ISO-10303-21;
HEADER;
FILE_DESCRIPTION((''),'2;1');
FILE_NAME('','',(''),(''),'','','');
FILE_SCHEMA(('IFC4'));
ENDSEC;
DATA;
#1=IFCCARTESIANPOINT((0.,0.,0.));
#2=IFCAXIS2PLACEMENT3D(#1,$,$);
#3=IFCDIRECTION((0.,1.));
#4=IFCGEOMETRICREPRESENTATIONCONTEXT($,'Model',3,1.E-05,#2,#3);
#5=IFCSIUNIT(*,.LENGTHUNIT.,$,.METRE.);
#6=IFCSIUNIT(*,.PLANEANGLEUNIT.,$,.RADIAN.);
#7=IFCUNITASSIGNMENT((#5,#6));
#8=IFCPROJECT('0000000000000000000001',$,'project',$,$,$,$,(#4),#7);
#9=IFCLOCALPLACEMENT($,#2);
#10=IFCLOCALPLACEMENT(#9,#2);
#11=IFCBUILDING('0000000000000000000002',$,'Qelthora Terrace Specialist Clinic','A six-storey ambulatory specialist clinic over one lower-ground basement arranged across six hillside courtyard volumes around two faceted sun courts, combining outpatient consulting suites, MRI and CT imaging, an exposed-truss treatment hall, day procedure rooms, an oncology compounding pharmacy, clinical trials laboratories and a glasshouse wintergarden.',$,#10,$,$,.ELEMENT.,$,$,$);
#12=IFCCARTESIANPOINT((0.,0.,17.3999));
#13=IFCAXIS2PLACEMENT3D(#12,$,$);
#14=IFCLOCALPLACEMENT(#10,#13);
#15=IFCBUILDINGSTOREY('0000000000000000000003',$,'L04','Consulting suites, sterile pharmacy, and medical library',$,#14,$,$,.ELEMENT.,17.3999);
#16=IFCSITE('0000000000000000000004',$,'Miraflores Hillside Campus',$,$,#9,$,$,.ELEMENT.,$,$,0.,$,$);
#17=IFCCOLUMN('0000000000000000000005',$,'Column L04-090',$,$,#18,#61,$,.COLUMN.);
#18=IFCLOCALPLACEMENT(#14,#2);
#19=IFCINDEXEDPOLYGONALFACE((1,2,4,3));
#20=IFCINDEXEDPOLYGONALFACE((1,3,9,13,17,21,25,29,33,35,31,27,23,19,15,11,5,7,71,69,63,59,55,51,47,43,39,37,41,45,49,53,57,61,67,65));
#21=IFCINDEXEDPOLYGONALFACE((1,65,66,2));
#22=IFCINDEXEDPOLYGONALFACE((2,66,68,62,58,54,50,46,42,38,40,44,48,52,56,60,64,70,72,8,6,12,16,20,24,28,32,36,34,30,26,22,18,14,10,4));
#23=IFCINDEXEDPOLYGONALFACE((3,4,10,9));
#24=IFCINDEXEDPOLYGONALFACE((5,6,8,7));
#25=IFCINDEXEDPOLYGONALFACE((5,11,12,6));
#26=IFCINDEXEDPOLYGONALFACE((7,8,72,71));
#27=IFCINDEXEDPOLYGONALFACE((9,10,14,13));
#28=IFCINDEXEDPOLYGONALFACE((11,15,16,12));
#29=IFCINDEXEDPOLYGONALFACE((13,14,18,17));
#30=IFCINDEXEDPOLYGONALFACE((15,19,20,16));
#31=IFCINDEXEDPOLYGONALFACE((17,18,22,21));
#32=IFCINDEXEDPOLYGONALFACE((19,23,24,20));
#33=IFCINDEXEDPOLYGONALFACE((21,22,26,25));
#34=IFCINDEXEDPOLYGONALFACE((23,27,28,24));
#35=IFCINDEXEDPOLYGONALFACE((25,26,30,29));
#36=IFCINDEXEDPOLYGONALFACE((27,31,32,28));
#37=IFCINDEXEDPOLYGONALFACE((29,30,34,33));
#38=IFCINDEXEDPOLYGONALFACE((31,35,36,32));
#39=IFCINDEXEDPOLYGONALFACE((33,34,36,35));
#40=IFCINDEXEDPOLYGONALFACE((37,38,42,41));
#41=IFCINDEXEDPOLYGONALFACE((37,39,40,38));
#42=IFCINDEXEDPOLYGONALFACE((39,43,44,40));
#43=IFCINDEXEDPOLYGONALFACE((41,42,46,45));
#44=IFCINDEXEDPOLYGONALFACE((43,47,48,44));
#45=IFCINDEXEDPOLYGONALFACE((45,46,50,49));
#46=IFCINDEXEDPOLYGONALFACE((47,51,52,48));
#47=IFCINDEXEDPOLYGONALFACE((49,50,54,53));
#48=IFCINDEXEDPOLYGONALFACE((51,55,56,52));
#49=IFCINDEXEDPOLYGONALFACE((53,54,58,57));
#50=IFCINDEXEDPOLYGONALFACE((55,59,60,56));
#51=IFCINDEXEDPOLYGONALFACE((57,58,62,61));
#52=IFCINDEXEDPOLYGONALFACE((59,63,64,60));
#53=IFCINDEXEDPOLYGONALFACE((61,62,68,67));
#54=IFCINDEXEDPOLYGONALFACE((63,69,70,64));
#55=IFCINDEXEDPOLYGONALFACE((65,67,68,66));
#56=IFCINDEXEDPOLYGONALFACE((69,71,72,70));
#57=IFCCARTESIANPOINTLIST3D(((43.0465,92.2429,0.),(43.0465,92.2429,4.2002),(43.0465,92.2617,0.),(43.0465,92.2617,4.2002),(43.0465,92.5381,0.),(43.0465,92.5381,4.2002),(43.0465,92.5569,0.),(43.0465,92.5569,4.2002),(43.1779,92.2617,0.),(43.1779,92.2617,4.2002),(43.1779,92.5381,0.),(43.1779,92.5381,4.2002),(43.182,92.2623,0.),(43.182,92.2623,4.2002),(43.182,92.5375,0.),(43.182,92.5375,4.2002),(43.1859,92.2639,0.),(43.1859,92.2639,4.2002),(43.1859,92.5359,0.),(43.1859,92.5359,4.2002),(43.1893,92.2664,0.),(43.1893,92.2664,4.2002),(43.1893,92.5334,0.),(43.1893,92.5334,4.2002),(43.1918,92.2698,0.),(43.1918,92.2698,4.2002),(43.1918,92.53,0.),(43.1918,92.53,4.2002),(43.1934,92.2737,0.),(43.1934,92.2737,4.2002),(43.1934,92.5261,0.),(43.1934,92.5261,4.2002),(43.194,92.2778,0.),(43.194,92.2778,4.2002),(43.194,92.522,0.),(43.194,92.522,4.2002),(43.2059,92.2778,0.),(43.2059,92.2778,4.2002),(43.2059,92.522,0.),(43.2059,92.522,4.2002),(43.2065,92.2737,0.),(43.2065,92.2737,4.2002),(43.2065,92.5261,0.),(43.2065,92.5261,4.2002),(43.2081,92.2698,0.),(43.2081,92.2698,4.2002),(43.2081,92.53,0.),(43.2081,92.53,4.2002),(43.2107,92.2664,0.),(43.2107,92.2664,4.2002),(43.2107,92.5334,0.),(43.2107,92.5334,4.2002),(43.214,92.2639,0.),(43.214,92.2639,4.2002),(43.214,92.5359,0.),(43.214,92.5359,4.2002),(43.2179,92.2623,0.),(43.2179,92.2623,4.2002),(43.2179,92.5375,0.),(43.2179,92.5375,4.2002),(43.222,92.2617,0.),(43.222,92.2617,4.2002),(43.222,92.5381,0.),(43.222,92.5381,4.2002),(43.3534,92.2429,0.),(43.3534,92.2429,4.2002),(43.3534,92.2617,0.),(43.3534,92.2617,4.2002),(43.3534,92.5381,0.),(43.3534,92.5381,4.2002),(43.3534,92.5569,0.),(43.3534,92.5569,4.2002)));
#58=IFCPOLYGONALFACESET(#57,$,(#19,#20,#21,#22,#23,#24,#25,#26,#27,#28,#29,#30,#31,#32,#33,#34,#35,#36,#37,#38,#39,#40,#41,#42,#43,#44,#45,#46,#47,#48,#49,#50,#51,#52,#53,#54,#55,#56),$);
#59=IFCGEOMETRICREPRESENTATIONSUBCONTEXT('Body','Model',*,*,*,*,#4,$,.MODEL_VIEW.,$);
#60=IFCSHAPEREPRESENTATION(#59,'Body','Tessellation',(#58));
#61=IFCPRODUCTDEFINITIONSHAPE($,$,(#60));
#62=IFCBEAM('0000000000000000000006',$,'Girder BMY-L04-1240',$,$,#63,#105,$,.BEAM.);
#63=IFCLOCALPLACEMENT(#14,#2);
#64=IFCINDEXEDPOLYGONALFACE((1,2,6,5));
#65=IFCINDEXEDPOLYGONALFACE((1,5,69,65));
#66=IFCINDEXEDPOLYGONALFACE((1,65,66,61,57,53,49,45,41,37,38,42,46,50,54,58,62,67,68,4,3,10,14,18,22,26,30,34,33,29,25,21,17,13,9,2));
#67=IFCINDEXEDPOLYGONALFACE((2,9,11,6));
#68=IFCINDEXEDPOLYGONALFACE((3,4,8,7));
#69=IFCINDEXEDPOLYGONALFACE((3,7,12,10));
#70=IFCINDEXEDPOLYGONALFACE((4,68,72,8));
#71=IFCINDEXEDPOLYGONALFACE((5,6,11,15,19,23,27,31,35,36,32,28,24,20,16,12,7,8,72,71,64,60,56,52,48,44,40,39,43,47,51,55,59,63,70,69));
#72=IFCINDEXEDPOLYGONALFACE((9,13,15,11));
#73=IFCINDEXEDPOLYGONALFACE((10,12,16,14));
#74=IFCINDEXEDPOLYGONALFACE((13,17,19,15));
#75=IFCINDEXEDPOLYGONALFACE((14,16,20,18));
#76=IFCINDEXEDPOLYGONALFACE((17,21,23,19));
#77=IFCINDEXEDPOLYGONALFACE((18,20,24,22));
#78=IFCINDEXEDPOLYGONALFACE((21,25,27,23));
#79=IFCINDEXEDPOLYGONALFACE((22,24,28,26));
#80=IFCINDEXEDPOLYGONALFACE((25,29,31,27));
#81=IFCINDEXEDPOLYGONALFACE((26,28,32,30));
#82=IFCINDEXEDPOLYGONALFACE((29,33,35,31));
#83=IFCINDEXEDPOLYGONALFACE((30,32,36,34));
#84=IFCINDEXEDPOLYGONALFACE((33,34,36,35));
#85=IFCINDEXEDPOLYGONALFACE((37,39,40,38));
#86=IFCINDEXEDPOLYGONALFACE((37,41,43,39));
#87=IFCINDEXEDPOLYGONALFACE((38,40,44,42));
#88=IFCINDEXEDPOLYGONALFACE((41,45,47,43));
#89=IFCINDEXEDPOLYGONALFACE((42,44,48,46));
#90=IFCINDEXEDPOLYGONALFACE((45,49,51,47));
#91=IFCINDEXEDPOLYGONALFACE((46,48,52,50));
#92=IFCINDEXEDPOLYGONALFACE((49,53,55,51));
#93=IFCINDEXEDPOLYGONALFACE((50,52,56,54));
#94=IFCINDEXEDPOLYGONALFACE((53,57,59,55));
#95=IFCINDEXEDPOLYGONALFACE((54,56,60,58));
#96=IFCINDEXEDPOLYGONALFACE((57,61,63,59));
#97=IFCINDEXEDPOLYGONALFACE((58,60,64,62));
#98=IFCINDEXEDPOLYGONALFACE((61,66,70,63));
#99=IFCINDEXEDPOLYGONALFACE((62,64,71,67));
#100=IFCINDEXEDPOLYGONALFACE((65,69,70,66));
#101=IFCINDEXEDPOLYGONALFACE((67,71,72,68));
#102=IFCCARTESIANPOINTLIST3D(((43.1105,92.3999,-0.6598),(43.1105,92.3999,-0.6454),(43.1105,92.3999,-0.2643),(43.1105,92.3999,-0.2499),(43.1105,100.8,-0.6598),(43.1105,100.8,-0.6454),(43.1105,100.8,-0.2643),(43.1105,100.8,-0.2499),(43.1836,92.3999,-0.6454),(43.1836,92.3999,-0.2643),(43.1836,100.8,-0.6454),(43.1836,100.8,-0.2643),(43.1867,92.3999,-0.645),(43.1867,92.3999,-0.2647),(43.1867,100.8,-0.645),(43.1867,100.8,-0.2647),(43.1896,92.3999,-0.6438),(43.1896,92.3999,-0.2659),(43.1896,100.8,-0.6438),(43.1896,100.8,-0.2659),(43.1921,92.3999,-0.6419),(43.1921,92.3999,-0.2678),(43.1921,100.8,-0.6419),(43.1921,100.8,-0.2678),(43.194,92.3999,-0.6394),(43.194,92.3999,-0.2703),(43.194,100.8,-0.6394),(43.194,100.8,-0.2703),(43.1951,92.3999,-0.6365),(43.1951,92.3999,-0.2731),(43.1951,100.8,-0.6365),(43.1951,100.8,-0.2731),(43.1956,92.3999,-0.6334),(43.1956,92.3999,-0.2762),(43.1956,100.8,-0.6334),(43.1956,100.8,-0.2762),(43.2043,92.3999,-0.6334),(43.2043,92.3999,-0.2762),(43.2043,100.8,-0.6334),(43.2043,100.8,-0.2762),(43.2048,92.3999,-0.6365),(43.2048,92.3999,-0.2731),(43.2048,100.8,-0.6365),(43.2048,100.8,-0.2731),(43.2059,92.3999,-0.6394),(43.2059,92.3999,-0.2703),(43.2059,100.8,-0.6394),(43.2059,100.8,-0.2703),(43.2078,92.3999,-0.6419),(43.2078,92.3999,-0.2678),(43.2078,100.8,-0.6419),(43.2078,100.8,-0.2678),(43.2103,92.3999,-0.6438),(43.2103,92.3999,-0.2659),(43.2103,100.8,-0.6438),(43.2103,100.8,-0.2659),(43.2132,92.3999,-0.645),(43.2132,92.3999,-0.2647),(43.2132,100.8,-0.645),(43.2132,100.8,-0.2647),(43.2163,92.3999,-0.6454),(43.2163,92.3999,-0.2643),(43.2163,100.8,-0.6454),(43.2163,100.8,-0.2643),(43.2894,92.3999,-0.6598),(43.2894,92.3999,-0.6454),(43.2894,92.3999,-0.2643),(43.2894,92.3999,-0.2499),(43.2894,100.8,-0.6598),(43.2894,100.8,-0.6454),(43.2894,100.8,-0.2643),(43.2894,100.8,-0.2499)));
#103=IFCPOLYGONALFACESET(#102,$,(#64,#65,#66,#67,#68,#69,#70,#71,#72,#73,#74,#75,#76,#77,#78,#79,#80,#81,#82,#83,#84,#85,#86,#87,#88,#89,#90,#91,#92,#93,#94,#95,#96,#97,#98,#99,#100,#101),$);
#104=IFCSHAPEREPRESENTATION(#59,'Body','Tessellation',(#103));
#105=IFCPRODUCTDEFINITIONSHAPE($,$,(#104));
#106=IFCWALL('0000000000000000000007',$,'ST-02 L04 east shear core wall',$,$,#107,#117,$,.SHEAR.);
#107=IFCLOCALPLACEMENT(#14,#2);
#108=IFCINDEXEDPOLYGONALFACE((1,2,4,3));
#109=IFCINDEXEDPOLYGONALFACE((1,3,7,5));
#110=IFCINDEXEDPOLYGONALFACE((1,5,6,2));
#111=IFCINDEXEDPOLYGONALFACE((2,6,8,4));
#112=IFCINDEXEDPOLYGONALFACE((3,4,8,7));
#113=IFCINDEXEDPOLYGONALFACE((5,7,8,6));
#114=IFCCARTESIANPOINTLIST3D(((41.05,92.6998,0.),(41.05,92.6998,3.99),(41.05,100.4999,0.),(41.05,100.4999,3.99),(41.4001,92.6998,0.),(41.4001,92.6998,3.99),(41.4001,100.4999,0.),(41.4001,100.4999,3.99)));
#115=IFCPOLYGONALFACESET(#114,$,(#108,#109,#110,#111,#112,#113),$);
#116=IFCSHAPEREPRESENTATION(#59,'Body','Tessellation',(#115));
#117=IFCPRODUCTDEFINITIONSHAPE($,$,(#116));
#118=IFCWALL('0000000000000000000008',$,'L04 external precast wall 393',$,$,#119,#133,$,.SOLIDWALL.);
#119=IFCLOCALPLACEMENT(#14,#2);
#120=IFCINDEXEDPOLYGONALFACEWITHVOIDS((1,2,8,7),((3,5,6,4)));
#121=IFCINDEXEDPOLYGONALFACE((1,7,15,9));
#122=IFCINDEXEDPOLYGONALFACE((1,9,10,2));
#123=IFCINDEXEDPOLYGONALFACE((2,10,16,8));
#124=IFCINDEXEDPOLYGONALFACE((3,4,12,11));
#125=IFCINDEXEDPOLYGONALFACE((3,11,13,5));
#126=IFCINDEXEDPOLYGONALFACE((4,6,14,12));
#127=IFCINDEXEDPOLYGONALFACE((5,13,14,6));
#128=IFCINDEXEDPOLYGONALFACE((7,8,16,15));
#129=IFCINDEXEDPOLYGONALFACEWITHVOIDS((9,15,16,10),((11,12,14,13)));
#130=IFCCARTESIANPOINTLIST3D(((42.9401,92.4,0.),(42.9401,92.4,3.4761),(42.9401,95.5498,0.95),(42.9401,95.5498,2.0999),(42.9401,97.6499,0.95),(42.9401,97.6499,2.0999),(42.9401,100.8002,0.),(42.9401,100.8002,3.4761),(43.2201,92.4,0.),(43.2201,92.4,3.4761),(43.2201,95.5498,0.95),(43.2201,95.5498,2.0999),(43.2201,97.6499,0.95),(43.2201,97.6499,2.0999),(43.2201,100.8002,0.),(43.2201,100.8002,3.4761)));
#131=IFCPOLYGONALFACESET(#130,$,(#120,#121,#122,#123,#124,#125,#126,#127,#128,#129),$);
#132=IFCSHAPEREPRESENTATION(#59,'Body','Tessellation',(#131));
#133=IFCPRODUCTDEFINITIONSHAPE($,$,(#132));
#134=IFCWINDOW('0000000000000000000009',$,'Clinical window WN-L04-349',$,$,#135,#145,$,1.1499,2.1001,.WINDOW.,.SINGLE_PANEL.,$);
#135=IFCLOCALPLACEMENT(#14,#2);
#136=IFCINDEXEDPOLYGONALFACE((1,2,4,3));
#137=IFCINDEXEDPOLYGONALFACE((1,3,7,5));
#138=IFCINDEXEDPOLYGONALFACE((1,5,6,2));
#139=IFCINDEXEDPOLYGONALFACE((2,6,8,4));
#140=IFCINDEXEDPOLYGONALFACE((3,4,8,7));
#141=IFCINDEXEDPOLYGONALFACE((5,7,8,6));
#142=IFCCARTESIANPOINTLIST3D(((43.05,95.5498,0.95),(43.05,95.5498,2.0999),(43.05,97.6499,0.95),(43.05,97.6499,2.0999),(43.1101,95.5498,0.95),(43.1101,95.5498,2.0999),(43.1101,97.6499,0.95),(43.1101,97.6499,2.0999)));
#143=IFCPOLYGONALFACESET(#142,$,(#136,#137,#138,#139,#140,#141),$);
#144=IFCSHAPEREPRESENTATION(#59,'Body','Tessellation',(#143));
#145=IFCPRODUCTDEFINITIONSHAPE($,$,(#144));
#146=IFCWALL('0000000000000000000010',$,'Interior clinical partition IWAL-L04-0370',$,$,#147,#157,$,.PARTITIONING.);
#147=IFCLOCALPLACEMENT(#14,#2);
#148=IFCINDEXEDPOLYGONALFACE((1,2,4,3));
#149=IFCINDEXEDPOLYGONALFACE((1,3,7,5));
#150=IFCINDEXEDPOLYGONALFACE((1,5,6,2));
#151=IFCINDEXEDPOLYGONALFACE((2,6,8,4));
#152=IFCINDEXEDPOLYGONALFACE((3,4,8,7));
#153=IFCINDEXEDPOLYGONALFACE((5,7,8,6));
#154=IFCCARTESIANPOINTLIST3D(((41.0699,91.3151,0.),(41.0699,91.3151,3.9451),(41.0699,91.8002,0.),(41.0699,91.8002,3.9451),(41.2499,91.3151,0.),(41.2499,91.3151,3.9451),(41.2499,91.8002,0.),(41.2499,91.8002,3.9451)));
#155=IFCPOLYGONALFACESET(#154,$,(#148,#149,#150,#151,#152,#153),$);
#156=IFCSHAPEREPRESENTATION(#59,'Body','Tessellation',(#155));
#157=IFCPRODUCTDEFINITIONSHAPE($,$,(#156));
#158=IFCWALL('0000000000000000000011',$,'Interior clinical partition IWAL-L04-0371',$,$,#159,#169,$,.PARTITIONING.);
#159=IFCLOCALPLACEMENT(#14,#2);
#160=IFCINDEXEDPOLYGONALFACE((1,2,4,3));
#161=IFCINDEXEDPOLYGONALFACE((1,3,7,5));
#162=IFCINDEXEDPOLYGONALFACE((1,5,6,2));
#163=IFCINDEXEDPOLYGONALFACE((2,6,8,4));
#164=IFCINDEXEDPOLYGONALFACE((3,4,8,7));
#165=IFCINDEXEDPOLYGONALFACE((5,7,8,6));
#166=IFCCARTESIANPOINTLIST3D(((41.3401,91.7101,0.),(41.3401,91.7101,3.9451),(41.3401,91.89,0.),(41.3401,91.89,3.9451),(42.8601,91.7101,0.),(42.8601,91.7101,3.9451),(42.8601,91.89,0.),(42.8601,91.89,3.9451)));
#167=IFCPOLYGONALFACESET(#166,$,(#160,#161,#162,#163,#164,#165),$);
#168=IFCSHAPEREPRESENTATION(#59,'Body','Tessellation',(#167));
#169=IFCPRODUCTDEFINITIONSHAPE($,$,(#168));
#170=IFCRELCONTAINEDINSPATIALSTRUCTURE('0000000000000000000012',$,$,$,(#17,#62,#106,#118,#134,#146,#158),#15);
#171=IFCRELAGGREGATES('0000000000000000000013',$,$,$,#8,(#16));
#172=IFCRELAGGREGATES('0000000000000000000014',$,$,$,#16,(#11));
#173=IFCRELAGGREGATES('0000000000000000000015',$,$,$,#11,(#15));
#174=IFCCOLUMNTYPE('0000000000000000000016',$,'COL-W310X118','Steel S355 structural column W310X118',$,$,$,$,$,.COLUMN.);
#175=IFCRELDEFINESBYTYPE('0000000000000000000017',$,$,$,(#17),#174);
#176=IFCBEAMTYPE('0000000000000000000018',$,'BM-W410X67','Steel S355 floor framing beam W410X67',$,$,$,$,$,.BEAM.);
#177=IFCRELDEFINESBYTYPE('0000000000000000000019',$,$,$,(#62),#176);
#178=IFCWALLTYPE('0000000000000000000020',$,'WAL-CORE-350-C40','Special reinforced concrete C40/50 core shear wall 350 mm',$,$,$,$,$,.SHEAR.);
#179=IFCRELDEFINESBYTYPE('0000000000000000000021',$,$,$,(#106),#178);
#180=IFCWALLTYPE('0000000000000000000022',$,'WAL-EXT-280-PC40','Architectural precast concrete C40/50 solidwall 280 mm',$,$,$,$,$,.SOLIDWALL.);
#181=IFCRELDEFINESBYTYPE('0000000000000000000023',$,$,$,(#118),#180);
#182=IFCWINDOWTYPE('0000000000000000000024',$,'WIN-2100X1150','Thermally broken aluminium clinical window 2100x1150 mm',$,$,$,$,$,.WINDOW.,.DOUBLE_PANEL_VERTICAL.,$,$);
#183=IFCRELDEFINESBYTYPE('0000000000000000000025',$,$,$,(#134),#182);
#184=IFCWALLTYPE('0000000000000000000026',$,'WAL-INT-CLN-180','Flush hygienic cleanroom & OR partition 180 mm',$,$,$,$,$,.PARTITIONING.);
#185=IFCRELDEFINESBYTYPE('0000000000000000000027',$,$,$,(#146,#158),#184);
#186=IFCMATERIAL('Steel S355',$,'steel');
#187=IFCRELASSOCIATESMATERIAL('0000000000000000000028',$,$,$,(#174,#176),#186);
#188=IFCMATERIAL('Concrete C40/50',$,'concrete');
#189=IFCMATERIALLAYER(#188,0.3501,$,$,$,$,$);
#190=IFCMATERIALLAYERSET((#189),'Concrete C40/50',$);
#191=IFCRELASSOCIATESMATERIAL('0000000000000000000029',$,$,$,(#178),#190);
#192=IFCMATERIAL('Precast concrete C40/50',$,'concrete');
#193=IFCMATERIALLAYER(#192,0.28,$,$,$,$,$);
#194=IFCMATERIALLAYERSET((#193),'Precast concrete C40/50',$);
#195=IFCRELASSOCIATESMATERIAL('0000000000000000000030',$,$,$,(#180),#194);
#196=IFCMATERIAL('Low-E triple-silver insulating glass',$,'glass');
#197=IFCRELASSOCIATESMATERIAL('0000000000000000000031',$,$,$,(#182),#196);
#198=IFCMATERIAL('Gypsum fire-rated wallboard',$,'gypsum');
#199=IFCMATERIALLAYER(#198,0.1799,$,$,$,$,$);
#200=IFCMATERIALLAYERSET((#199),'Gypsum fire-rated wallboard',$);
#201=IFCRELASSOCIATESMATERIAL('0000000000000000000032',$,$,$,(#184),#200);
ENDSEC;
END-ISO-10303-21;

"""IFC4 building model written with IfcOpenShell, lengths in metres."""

from ifc_helpers import new_model, si_unit, direction, frame, frame_2d, origin, origin_2d, place, context, subcontext, project, spatial, rectangle, i_section, extrude, material, layer, layer_set, material_profile, profile_set, type_object, element, fill, save


model = new_model("IFC4")

# Units and contexts
model_context = context("Model", 3, precision=1e-05, world=origin(), true_north=direction((0.0, 1.0)))
body_context = subcontext(model_context, "Body", "Model", "MODEL_VIEW")
ifc_project = project(units=[si_unit("LENGTHUNIT", "METRE"), si_unit("PLANEANGLEUNIT", "RADIAN")], contexts=[model_context])

# Site, building, storey
site_placement = place(None, origin())
site = spatial("IfcSite", under=ifc_project, at=site_placement, Name="Miraflores Hillside Campus", CompositionType="ELEMENT", RefElevation=0.0)
building_placement = place(site_placement, origin())
building = spatial("IfcBuilding", under=site, at=building_placement, Name="Qelthora Terrace Specialist Clinic", Description="A six-storey ambulatory specialist clinic over one lower-ground basement arranged across six hillside courtyard volumes around two faceted sun courts, combining outpatient consulting suites, MRI and CT imaging, an exposed-truss treatment hall, day procedure rooms, an oncology compounding pharmacy, clinical trials laboratories and a glasshouse wintergarden.", CompositionType="ELEMENT")
storey_placement = place(building_placement, frame((0.0, 0.0, 17.3999)))
storey = spatial("IfcBuildingStorey", under=building, at=storey_placement, Name="L04", Description="Consulting suites, sterile pharmacy, and medical library", CompositionType="ELEMENT", Elevation=17.3999)

# Column
ifc_material_1 = material(Name="Steel S355", Category="steel")
ifc_material_profile_1 = material_profile(ifc_material_1, i_section(OverallWidth=0.3069, OverallDepth=0.314, WebThickness=0.012, FlangeThickness=0.0188, FilletRadius=0.0161, at=origin_2d()), Name="W310X118")
ifc_profile_set_1 = profile_set([ifc_material_profile_1], Name="Steel S355")
column_type = type_object("IfcColumnType", Name="COL-W310X118", Description="Steel S355 structural column W310X118", PredefinedType="COLUMN", material=ifc_profile_set_1)
column_placement = place(storey_placement, frame((43.2, 92.3999, 0.0), z_axis=(0.0, 0.0, 1.0), x_axis=(1.0, 0.0, 0.0)))
element("IfcColumn", 1, at=column_placement, inside=storey, type_object=column_type, Name="Column L04-090", PredefinedType="COLUMN", context=body_context, shape_type="SweptSolid", body=[
    extrude(i_section(OverallWidth=0.3069, OverallDepth=0.314, WebThickness=0.012, FlangeThickness=0.0188, FilletRadius=0.0161, at=origin_2d()), origin(), (0.0, 0.0, 1.0), 4.2002),
])

# Beam
ifc_material_profile_2 = material_profile(ifc_material_1, i_section(OverallWidth=0.179, OverallDepth=0.4099, WebThickness=0.0088, FlangeThickness=0.0144, FilletRadius=0.012, at=origin_2d()), Name="W410X67")
ifc_profile_set_2 = profile_set([ifc_material_profile_2], Name="Steel S355")
beam_type = type_object("IfcBeamType", Name="BM-W410X67", Description="Steel S355 floor framing beam W410X67", PredefinedType="BEAM", material=ifc_profile_set_2)
beam_placement = place(storey_placement, frame((43.2, 92.3999, -0.4548), z_axis=(0.0, 1.0, 0.0), x_axis=(-1.0, 0.0, 0.0)))
element("IfcBeam", 2, at=beam_placement, inside=storey, type_object=beam_type, Name="Girder BMY-L04-1240", PredefinedType="BEAM", context=body_context, shape_type="SweptSolid", body=[
    extrude(i_section(OverallWidth=0.179, OverallDepth=0.4099, WebThickness=0.0088, FlangeThickness=0.0144, FilletRadius=0.012, at=origin_2d()), origin(), (0.0, 0.0, 1.0), 8.4001),
])

# Wall
ifc_material_2 = material(Name="Concrete C40/50", Category="concrete")
ifc_layer_1 = layer(ifc_material_2, 0.3501)
ifc_layer_set_1 = layer_set([ifc_layer_1], Name="Concrete C40/50")
wall_type_1 = type_object("IfcWallType", Name="WAL-CORE-350-C40", Description="Special reinforced concrete C40/50 core shear wall 350 mm", PredefinedType="SHEAR", material=ifc_layer_set_1)
wall_1_placement = place(storey_placement, frame((41.2251, 92.7, 0.0), z_axis=(0.0, 0.0, 1.0), x_axis=(0.0, 1.0, 0.0)))
element("IfcWall", 3, at=wall_1_placement, inside=storey, type_object=wall_type_1, Name="ST-02 L04 east shear core wall", PredefinedType="SHEAR", context=body_context, shape_type="SweptSolid", body=[
    extrude(rectangle(XDim=7.8, YDim=0.3501, at=frame_2d((3.8999, 0.0))), origin(), (0.0, 0.0, 1.0), 3.99),
])

# Wall, opening, window
ifc_material_3 = material(Name="Precast concrete C40/50", Category="concrete")
ifc_layer_2 = layer(ifc_material_3, 0.28)
ifc_layer_set_2 = layer_set([ifc_layer_2], Name="Precast concrete C40/50")
wall_type_2 = type_object("IfcWallType", Name="WAL-EXT-280-PC40", Description="Architectural precast concrete C40/50 solidwall 280 mm", PredefinedType="SOLIDWALL", material=ifc_layer_set_2)
wall_2_placement = place(storey_placement, frame((43.0801, 92.3999, 0.0), z_axis=(0.0, 0.0, 1.0), x_axis=(0.0, 1.0, 0.0)))
wall_2 = element("IfcWall", 4, at=wall_2_placement, inside=storey, type_object=wall_type_2, Name="L04 external precast wall 393", PredefinedType="SOLIDWALL", context=body_context, shape_type="SweptSolid", body=[
    extrude(rectangle(XDim=8.4001, YDim=0.28, at=frame_2d((4.2002, 0.0))), origin(), (0.0, 0.0, 1.0), 3.4761),
])
opening_placement = place(wall_2_placement, frame((3.1499, 0.0, 0.95)))
opening = element("IfcOpeningElement", 5, at=opening_placement, cuts=wall_2, PredefinedType="OPENING", context=body_context, shape_type="SweptSolid", body=[
    extrude(rectangle(XDim=2.1001, YDim=1.1499, at=frame_2d((1.05, 0.575))), frame((0.0, 0.1499, 0.0), z_axis=(0.0, -1.0, 0.0), x_axis=(1.0, 0.0, 0.0)), (0.0, 0.0, 1.0), 0.3),
])
ifc_material_4 = material(Name="Low-E triple-silver insulating glass", Category="glass")
window_type = type_object("IfcWindowType", Name="WIN-2100X1150", Description="Thermally broken aluminium clinical window 2100x1150 mm", PartitioningType="DOUBLE_PANEL_VERTICAL", PredefinedType="WINDOW", material=ifc_material_4)
window_placement = place(opening_placement, origin())
window = element("IfcWindow", 6, at=window_placement, inside=storey, type_object=window_type, Name="Clinical window WN-L04-349", OverallHeight=1.1499, OverallWidth=2.1001, PartitioningType="SINGLE_PANEL", PredefinedType="WINDOW", context=body_context, shape_type="SweptSolid", body=[
    extrude(rectangle(XDim=2.1001, YDim=1.1499, at=frame_2d((1.05, 0.575))), frame((0.0, 0.03, 0.0), z_axis=(0.0, -1.0, 0.0), x_axis=(1.0, 0.0, 0.0)), (0.0, 0.0, 1.0), 0.0601),
])
fill(opening, window)

# Walls
ifc_material_5 = material(Name="Gypsum fire-rated wallboard", Category="gypsum")
ifc_layer_3 = layer(ifc_material_5, 0.1799)
ifc_layer_set_3 = layer_set([ifc_layer_3], Name="Gypsum fire-rated wallboard")
wall_type_3 = type_object("IfcWallType", Name="WAL-INT-CLN-180", Description="Flush hygienic cleanroom & OR partition 180 mm", PredefinedType="PARTITIONING", material=ifc_layer_set_3)
wall_3_placement = place(storey_placement, frame((41.1599, 91.3149, 0.0), z_axis=(0.0, 0.0, 1.0), x_axis=(0.0, 1.0, 0.0)))
element("IfcWall", 7, at=wall_3_placement, inside=storey, type_object=wall_type_3, Name="Interior clinical partition IWAL-L04-0370", PredefinedType="PARTITIONING", context=body_context, shape_type="SweptSolid", body=[
    extrude(rectangle(XDim=0.4851, YDim=0.1799, at=frame_2d((0.2427, 0.0))), origin(), (0.0, 0.0, 1.0), 3.9451),
])
wall_4_placement = place(storey_placement, frame((41.3401, 91.8, 0.0), z_axis=(0.0, 0.0, 1.0), x_axis=(1.0, 0.0, 0.0)))
element("IfcWall", 8, at=wall_4_placement, inside=storey, type_object=wall_type_3, Name="Interior clinical partition IWAL-L04-0371", PredefinedType="PARTITIONING", context=body_context, shape_type="SweptSolid", body=[
    extrude(rectangle(XDim=1.52, YDim=0.1799, at=frame_2d((0.76, 0.0))), origin(), (0.0, 0.0, 1.0), 3.9451),
])

save(model, "model.ifc")
